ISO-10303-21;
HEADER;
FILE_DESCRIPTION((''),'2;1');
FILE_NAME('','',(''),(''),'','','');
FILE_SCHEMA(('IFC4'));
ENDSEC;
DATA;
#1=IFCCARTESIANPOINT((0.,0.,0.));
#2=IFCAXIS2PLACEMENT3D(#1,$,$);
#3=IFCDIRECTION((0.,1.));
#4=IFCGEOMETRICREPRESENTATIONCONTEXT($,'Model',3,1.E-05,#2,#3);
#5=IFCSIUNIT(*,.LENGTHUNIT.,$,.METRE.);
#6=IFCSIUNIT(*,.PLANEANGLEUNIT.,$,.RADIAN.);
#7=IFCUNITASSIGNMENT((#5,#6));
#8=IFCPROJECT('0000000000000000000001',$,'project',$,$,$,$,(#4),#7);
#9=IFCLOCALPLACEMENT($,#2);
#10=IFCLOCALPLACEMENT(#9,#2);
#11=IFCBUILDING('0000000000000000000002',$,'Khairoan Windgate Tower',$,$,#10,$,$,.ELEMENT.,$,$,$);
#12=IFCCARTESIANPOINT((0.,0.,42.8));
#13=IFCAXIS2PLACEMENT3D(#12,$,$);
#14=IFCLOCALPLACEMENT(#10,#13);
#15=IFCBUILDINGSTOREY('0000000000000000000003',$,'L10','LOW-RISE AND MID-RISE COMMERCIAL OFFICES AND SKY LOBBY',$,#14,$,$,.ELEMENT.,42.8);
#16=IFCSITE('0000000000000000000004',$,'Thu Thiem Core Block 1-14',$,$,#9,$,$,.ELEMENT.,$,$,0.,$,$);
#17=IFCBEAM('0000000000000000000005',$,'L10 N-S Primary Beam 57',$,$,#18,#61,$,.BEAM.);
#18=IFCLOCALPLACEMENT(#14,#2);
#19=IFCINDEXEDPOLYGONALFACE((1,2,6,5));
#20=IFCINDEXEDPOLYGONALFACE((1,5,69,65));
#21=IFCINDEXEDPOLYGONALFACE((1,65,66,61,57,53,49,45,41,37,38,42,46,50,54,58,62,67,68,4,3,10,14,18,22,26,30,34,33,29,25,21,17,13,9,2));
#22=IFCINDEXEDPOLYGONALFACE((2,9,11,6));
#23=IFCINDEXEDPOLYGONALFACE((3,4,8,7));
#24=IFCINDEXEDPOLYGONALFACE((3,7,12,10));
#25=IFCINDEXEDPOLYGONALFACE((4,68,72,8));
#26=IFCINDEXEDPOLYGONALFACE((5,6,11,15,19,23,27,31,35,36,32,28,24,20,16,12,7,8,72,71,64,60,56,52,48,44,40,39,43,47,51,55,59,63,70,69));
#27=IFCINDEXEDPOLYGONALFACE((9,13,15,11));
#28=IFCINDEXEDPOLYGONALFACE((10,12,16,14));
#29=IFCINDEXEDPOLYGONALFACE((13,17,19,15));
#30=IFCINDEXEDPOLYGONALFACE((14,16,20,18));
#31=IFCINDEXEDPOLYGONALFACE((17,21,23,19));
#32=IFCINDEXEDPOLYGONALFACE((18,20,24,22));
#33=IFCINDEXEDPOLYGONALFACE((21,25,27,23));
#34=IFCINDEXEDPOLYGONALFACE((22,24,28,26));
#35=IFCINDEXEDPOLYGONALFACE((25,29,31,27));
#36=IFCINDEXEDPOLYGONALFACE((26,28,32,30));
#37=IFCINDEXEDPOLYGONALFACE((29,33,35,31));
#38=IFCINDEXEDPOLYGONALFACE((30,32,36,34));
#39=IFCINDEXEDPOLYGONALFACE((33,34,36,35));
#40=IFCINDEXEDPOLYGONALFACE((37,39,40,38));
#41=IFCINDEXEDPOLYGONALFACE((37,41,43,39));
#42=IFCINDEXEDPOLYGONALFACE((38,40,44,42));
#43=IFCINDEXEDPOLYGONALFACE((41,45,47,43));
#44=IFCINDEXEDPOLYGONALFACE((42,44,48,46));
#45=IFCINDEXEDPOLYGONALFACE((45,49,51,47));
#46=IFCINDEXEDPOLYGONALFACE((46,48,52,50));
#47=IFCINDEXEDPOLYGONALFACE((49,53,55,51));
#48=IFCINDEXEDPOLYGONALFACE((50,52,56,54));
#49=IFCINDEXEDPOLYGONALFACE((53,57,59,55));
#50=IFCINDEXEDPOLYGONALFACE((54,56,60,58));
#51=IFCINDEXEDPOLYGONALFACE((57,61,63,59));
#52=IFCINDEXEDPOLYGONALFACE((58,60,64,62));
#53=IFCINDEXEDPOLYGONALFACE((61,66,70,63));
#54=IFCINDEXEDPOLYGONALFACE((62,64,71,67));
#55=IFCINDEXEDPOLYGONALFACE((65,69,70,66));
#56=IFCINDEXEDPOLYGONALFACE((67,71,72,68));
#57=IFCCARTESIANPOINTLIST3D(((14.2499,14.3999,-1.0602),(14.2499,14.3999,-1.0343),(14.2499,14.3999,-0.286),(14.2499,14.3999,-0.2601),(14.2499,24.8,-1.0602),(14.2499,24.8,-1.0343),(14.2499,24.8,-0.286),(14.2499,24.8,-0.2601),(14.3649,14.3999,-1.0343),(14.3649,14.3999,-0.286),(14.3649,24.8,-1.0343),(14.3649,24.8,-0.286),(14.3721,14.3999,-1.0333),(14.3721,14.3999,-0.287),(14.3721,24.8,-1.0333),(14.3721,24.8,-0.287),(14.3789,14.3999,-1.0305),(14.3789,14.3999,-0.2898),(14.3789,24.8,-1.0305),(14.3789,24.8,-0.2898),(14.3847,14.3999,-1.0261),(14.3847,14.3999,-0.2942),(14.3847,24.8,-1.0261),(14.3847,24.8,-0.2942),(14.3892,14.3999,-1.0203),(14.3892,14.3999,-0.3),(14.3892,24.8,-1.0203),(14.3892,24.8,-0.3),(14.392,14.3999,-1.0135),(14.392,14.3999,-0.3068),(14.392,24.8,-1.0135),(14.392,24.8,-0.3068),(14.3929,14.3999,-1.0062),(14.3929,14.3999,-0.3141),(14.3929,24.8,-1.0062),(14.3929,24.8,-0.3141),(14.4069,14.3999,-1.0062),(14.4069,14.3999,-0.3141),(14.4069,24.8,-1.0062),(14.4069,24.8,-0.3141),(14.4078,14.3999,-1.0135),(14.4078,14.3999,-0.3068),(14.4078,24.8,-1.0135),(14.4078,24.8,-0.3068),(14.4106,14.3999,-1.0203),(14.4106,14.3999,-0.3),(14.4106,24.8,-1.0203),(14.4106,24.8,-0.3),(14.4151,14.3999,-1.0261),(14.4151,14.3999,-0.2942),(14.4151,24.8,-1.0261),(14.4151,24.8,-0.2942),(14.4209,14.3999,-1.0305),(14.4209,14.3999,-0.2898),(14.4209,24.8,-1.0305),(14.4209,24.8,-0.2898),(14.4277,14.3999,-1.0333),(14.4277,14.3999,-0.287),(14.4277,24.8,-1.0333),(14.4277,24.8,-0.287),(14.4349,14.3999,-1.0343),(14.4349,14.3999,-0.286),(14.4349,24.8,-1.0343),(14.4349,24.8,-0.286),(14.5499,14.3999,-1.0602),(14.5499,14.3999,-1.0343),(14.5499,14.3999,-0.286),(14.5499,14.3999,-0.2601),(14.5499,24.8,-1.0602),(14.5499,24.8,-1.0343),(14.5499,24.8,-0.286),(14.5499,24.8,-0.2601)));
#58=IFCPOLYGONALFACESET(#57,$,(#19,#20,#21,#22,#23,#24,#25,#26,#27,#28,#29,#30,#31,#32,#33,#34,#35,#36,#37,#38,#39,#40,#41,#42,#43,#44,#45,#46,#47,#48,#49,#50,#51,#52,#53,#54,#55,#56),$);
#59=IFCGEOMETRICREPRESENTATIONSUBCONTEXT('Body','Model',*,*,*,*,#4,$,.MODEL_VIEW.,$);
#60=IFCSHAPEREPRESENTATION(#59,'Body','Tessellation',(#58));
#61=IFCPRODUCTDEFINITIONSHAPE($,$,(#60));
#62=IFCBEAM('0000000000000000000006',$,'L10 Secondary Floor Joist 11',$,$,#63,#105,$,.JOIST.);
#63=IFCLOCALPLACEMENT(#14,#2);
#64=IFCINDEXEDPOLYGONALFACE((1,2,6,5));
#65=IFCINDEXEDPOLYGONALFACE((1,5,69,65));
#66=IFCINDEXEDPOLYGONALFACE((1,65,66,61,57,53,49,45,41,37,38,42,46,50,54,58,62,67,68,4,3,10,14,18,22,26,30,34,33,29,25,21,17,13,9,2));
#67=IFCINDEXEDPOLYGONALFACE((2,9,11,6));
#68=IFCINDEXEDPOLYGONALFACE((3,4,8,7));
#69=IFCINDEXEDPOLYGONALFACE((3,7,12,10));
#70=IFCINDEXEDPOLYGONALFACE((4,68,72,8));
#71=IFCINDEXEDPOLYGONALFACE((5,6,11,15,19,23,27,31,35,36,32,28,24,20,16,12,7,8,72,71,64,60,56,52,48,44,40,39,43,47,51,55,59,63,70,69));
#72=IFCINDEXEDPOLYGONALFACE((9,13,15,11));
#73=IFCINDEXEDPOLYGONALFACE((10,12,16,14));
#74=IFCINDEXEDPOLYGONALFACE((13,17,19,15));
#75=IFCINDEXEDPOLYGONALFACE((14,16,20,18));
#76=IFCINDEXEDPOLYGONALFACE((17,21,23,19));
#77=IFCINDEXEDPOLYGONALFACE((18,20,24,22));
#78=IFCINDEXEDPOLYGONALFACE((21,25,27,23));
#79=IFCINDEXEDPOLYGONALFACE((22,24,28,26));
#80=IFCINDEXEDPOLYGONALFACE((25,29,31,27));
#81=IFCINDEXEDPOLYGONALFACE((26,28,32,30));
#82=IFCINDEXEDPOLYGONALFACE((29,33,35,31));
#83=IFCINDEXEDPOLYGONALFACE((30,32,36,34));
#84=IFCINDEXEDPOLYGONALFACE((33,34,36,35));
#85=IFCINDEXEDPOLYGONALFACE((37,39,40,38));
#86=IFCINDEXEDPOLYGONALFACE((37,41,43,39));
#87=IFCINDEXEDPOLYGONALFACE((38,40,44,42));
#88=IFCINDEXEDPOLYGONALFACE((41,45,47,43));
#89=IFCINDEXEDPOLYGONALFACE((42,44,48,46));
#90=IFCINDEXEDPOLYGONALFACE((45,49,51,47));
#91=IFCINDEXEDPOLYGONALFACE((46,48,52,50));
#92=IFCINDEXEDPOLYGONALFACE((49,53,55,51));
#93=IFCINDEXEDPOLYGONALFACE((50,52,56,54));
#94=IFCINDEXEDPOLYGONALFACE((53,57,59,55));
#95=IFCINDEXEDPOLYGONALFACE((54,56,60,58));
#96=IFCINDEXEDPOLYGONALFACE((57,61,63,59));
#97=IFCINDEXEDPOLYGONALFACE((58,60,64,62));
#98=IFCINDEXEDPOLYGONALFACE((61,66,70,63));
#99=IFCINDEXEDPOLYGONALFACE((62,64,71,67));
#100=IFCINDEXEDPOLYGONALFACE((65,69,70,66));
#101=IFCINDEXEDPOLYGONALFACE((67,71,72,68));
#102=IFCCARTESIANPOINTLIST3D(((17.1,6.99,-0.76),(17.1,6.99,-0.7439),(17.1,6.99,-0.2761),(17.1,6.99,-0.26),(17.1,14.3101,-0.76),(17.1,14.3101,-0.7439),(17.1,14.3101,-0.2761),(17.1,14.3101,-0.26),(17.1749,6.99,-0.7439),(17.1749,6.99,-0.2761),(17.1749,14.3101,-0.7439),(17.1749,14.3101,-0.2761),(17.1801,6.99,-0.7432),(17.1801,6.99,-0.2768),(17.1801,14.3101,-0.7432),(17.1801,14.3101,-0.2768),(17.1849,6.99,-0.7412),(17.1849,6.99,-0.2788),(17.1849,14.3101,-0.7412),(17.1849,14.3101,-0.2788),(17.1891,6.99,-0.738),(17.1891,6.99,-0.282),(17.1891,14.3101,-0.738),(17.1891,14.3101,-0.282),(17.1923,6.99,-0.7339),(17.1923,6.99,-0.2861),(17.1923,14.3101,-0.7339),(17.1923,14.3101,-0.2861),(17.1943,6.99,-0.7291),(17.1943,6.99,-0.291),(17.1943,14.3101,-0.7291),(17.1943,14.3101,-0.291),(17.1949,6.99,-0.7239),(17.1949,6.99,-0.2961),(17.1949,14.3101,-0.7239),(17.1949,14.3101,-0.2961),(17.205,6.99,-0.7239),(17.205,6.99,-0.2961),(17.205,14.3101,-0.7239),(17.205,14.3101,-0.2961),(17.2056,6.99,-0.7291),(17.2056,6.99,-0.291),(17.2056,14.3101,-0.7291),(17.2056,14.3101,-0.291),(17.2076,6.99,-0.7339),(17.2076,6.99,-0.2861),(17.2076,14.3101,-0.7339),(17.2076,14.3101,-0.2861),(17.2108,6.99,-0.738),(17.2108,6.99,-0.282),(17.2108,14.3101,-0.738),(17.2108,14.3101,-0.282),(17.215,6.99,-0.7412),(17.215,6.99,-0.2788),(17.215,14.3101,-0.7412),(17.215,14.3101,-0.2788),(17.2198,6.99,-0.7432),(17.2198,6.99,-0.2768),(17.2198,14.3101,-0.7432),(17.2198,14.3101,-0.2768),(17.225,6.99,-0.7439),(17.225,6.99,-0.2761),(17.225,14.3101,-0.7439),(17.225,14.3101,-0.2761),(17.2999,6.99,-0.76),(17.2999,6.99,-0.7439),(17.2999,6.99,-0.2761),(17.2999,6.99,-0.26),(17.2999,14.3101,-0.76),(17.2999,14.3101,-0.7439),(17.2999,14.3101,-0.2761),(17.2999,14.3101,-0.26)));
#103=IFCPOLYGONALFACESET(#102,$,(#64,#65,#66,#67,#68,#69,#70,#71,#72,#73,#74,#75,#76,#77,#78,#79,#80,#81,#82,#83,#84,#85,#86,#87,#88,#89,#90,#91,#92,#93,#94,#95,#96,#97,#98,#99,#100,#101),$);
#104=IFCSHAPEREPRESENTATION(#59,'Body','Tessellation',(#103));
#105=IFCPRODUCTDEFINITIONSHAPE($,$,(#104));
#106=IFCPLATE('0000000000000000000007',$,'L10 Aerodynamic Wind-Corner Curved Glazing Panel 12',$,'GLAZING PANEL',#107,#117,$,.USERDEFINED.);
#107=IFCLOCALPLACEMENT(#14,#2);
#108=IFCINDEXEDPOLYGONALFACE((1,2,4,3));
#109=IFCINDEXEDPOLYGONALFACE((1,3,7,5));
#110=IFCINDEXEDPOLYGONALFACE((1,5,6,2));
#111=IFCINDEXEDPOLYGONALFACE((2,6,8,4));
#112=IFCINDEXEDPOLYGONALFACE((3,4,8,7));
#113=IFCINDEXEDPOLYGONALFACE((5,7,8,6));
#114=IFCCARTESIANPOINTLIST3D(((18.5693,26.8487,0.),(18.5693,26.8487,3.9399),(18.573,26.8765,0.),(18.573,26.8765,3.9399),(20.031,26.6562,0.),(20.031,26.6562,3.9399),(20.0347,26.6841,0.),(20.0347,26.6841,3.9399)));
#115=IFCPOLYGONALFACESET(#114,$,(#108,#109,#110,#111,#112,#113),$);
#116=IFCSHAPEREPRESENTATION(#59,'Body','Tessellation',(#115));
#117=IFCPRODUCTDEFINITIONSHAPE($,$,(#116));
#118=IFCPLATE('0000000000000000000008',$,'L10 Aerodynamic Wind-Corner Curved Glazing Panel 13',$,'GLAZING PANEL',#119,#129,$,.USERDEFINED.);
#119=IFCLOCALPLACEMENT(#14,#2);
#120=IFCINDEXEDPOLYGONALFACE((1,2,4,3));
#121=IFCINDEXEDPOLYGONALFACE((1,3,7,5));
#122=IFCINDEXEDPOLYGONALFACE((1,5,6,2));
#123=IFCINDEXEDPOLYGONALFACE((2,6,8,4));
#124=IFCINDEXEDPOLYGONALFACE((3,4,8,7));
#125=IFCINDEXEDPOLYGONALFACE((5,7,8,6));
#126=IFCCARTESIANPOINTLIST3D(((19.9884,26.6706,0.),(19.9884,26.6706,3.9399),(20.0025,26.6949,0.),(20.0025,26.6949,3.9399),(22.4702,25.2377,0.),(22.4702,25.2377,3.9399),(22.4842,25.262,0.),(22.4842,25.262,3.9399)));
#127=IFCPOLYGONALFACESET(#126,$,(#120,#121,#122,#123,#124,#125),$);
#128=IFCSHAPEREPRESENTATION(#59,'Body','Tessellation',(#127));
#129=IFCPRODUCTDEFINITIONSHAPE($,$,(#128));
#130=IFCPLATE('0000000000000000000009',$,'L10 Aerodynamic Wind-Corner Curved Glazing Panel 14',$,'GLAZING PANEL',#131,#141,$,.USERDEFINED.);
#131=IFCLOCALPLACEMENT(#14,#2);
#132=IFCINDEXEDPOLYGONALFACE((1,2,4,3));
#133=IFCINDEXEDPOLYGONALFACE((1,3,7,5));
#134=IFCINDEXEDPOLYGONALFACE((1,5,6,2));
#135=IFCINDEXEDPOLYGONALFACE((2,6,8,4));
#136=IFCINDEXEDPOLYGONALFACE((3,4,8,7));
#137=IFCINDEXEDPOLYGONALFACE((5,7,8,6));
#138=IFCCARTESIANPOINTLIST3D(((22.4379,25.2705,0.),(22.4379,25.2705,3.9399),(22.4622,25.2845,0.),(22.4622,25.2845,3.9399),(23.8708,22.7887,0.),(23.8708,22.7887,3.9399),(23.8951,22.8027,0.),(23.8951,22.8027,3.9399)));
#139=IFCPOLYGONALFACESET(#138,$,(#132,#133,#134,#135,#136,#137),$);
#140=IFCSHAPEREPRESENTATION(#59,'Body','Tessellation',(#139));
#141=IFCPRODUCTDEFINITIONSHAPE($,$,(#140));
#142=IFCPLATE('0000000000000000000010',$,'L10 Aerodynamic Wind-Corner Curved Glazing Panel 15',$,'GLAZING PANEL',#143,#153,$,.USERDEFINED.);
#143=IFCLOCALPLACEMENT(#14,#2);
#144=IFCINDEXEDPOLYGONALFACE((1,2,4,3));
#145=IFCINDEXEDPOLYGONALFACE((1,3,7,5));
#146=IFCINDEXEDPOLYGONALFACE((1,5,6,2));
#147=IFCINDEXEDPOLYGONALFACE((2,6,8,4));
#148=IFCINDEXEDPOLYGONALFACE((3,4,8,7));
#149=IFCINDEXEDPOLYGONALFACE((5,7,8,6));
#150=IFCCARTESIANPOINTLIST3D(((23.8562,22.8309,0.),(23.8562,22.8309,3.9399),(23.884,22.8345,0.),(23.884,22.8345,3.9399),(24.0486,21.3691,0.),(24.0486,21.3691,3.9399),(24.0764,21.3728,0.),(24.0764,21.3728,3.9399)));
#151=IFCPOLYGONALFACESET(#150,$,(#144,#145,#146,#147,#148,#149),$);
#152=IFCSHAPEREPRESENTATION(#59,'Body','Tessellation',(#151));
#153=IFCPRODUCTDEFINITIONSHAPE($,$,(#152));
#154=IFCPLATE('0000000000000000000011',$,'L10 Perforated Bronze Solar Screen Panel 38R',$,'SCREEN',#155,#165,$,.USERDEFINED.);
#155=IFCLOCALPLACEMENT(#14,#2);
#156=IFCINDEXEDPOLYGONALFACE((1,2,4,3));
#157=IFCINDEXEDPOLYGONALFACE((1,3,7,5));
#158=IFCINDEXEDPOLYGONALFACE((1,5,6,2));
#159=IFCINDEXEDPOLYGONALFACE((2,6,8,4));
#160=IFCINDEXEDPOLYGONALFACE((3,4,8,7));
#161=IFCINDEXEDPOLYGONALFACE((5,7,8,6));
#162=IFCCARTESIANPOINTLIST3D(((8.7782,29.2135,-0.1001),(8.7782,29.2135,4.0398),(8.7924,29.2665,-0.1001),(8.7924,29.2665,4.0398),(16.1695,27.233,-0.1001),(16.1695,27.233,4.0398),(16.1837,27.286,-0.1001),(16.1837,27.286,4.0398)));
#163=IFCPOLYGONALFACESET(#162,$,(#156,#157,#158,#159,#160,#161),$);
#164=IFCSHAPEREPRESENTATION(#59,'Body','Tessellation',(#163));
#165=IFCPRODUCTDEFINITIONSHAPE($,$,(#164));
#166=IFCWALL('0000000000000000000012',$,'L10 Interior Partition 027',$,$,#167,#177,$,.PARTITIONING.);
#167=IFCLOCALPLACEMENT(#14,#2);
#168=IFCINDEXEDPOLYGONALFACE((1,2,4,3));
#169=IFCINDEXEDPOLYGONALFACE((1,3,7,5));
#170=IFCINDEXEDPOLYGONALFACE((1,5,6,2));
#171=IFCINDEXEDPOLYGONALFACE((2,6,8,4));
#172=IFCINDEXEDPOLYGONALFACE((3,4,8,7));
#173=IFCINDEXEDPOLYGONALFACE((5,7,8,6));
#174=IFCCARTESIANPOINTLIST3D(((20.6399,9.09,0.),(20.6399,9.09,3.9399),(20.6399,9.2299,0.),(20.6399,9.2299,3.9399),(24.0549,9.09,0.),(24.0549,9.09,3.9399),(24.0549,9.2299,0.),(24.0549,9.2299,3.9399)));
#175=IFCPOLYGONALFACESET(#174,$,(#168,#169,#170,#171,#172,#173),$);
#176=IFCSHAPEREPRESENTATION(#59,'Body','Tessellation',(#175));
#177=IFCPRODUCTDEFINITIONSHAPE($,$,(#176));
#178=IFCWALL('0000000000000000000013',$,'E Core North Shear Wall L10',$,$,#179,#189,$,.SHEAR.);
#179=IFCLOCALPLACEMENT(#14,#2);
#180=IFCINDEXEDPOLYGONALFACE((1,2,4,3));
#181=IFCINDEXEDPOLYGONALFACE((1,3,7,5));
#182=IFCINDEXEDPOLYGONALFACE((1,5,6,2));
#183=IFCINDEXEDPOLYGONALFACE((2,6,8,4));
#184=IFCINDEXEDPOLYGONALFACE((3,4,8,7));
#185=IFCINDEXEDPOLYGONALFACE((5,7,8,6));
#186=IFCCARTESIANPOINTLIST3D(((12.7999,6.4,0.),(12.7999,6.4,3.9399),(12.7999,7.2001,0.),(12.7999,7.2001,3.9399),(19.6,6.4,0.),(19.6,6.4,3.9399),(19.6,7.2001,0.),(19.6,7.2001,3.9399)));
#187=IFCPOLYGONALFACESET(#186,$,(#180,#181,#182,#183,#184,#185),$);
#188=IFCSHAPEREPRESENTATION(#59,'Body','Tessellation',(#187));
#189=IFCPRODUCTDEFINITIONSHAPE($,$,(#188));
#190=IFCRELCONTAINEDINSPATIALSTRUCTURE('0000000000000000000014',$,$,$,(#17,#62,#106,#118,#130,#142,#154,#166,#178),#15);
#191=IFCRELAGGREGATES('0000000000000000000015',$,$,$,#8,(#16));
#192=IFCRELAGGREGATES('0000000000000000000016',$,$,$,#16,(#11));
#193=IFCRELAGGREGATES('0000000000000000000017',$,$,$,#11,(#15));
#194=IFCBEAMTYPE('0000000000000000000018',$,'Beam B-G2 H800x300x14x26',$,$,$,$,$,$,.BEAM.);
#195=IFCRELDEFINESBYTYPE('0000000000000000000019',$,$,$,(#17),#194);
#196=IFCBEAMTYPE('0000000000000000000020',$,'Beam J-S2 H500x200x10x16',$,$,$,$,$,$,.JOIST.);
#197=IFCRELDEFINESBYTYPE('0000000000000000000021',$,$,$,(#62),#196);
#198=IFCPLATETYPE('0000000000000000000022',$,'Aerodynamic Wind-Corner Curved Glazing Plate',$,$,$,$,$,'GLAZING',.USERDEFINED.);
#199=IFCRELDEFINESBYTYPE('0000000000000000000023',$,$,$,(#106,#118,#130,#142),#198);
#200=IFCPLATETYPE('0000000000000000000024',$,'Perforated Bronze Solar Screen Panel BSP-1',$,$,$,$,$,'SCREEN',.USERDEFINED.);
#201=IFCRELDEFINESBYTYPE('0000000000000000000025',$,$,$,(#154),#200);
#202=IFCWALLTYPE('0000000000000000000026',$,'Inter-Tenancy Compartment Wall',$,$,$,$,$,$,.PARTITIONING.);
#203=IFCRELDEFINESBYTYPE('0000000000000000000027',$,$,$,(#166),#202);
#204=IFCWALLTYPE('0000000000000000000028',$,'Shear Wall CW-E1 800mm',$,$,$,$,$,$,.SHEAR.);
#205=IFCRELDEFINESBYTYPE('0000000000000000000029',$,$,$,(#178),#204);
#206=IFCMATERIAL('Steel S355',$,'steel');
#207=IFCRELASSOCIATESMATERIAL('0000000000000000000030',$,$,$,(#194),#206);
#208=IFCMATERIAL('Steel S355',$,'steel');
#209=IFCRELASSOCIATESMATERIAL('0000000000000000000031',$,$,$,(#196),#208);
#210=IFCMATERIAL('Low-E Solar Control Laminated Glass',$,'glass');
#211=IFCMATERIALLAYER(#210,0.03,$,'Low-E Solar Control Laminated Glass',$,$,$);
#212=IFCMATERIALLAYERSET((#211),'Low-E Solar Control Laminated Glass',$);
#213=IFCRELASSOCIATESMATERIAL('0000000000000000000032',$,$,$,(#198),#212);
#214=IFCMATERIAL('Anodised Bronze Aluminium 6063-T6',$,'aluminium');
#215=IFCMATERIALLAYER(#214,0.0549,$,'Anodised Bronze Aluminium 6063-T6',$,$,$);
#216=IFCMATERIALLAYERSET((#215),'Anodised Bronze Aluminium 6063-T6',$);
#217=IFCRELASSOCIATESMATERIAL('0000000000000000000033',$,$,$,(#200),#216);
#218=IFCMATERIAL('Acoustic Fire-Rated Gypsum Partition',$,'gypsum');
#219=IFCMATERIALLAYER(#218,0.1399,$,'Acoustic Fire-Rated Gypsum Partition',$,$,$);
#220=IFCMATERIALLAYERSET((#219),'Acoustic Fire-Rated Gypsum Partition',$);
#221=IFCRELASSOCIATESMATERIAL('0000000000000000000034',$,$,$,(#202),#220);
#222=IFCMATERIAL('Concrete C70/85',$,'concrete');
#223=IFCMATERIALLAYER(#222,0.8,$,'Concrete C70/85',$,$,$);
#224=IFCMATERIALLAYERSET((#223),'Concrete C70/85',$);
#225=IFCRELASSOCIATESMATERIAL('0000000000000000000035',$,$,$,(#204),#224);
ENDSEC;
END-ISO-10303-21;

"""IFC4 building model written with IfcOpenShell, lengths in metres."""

from ifc_helpers import new_model, si_unit, direction, frame, frame_2d, origin, origin_2d, place, context, subcontext, project, spatial, rectangle, i_section, extrude, material, layer, layer_set, material_profile, profile_set, type_object, element, save


model = new_model("IFC4")

# Units and contexts
model_context = context("Model", 3, precision=1e-05, world=origin(), true_north=direction((0.0, 1.0)))
body_context = subcontext(model_context, "Body", "Model", "MODEL_VIEW")
ifc_project = project(units=[si_unit("LENGTHUNIT", "METRE"), si_unit("PLANEANGLEUNIT", "RADIAN")], contexts=[model_context])

# Site, building, storey
site_placement = place(None, origin())
site = spatial("IfcSite", under=ifc_project, at=site_placement, Name="Thu Thiem Core Block 1-14", CompositionType="ELEMENT", RefElevation=0.0)
building_placement = place(site_placement, origin())
building = spatial("IfcBuilding", under=site, at=building_placement, Name="Khairoan Windgate Tower", CompositionType="ELEMENT")
storey_placement = place(building_placement, frame((0.0, 0.0, 42.8)))
storey = spatial("IfcBuildingStorey", under=building, at=storey_placement, Name="L10", Description="LOW-RISE AND MID-RISE COMMERCIAL OFFICES AND SKY LOBBY", CompositionType="ELEMENT", Elevation=42.8)

# Beams
ifc_material_1 = material(Name="Steel S355", Category="steel")
ifc_material_profile_1 = material_profile(ifc_material_1, i_section(OverallWidth=0.3, OverallDepth=0.8, WebThickness=0.0139, FlangeThickness=0.0259, FilletRadius=0.0281, at=origin_2d()))
ifc_profile_set_1 = profile_set([ifc_material_profile_1], Name="Steel S355")
beam_type_1 = type_object("IfcBeamType", Name="Beam B-G2 H800x300x14x26", PredefinedType="BEAM", material=ifc_profile_set_1)
beam_1_placement = place(storey_placement, frame((14.3999, 14.3999, -0.6602), z_axis=(0.0, 1.0, 0.0), x_axis=(-1.0, 0.0, 0.0)))
element("IfcBeam", 1, at=beam_1_placement, inside=storey, type_object=beam_type_1, Name="L10 N-S Primary Beam 57", PredefinedType="BEAM", context=body_context, shape_type="SweptSolid", body=[
    extrude(i_section(OverallWidth=0.3, OverallDepth=0.8, WebThickness=0.0139, FlangeThickness=0.0259, FilletRadius=0.0281, at=origin_2d()), origin(), (0.0, 0.0, 1.0), 10.4001),
])
ifc_material_2 = material(Name="Steel S355", Category="steel")
ifc_material_profile_2 = material_profile(ifc_material_2, i_section(OverallWidth=0.2, OverallDepth=0.5, WebThickness=0.01, FlangeThickness=0.0161, FilletRadius=0.02, at=origin_2d()))
ifc_profile_set_2 = profile_set([ifc_material_profile_2], Name="Steel S355")
beam_type_2 = type_object("IfcBeamType", Name="Beam J-S2 H500x200x10x16", PredefinedType="JOIST", material=ifc_profile_set_2)
beam_2_placement = place(storey_placement, frame((17.2, 6.99, -0.51), z_axis=(0.0, 1.0, 0.0), x_axis=(-1.0, 0.0, 0.0)))
element("IfcBeam", 2, at=beam_2_placement, inside=storey, type_object=beam_type_2, Name="L10 Secondary Floor Joist 11", PredefinedType="JOIST", context=body_context, shape_type="SweptSolid", body=[
    extrude(i_section(OverallWidth=0.2, OverallDepth=0.5, WebThickness=0.01, FlangeThickness=0.0161, FilletRadius=0.02, at=origin_2d()), origin(), (0.0, 0.0, 1.0), 7.3201),
])

# Plates
ifc_material_3 = material(Name="Low-E Solar Control Laminated Glass", Category="glass")
ifc_layer_1 = layer(ifc_material_3, 0.03, Name="Low-E Solar Control Laminated Glass")
ifc_layer_set_1 = layer_set([ifc_layer_1], Name="Low-E Solar Control Laminated Glass")
plate_type_1 = type_object("IfcPlateType", Name="Aerodynamic Wind-Corner Curved Glazing Plate", ElementType="GLAZING", PredefinedType="USERDEFINED", material=ifc_layer_set_1)
plate_1_placement = place(storey_placement, frame((19.302, 26.7664, 0.0), z_axis=(0.0, 0.0, 1.0), x_axis=(0.991445, -0.130526, 0.0)))
element("IfcPlate", 3, at=plate_1_placement, inside=storey, type_object=plate_type_1, Name="L10 Aerodynamic Wind-Corner Curved Glazing Panel 12", ObjectType="GLAZING PANEL", PredefinedType="USERDEFINED", context=body_context, shape_type="SweptSolid", body=[
    extrude(rectangle(XDim=1.4744, YDim=0.0281, at=origin_2d()), origin(), (0.0, 0.0, 1.0), 3.9399),
])
for number, where, z_axis, x_axis, name in (
    (4, (21.2363, 25.9663, 0.0), (0.0, 0.0, 1.0), (0.866025, -0.5, 0.0), "L10 Aerodynamic Wind-Corner Curved Glazing Panel 13"),
    (5, (23.1665, 24.0366, 0.0), (0.0, 0.0, 1.0), (0.5, -0.866025, 0.0), "L10 Aerodynamic Wind-Corner Curved Glazing Panel 14"),
):
    element("IfcPlate", number, at=place(storey_placement, frame(where, z_axis=z_axis, x_axis=x_axis)), inside=storey, type_object=plate_type_1, Name=name, ObjectType="GLAZING PANEL", PredefinedType="USERDEFINED", context=body_context, shape_type="SweptSolid", body=[
        extrude(rectangle(XDim=2.8657, YDim=0.0281, at=origin_2d()), origin(), (0.0, 0.0, 1.0), 3.9399),
    ])
plate_2_placement = place(storey_placement, frame((23.9663, 22.1018, 0.0), z_axis=(0.0, 0.0, 1.0), x_axis=(0.130526, -0.991445, 0.0)))
element("IfcPlate", 6, at=plate_2_placement, inside=storey, type_object=plate_type_1, Name="L10 Aerodynamic Wind-Corner Curved Glazing Panel 15", ObjectType="GLAZING PANEL", PredefinedType="USERDEFINED", context=body_context, shape_type="SweptSolid", body=[
    extrude(rectangle(XDim=1.4744, YDim=0.0281, at=origin_2d()), origin(), (0.0, 0.0, 1.0), 3.9399),
])

# Plate
ifc_material_4 = material(Name="Anodised Bronze Aluminium 6063-T6", Category="aluminium")
ifc_layer_2 = layer(ifc_material_4, 0.0549, Name="Anodised Bronze Aluminium 6063-T6")
ifc_layer_set_2 = layer_set([ifc_layer_2], Name="Anodised Bronze Aluminium 6063-T6")
plate_type_2 = type_object("IfcPlateType", Name="Perforated Bronze Solar Screen Panel BSP-1", ElementType="SCREEN", PredefinedType="USERDEFINED", material=ifc_layer_set_2)
plate_3_placement = place(storey_placement, frame((12.481, 28.2498, -0.1001), z_axis=(0.0, 0.0, 1.0), x_axis=(0.965926, -0.258819, 0.0)))
element("IfcPlate", 7, at=plate_3_placement, inside=storey, type_object=plate_type_2, Name="L10 Perforated Bronze Solar Screen Panel 38R", ObjectType="SCREEN", PredefinedType="USERDEFINED", context=body_context, shape_type="SweptSolid", body=[
    extrude(rectangle(XDim=7.6521, YDim=0.0549, at=origin_2d()), origin(), (0.0, 0.0, 1.0), 4.1399),
])

# Wall
ifc_material_5 = material(Name="Acoustic Fire-Rated Gypsum Partition", Category="gypsum")
ifc_layer_3 = layer(ifc_material_5, 0.1399, Name="Acoustic Fire-Rated Gypsum Partition")
ifc_layer_set_3 = layer_set([ifc_layer_3], Name="Acoustic Fire-Rated Gypsum Partition")
wall_type_1 = type_object("IfcWallType", Name="Inter-Tenancy Compartment Wall", PredefinedType="PARTITIONING", material=ifc_layer_set_3)
wall_1_placement = place(storey_placement, frame((20.6399, 9.1599, 0.0), z_axis=(0.0, 0.0, 1.0), x_axis=(1.0, 0.0, 0.0)))
element("IfcWall", 8, at=wall_1_placement, inside=storey, type_object=wall_type_1, Name="L10 Interior Partition 027", PredefinedType="PARTITIONING", context=body_context, shape_type="SweptSolid", body=[
    extrude(rectangle(XDim=3.415, YDim=0.1399, at=frame_2d((1.7075, 0.0))), origin(), (0.0, 0.0, 1.0), 3.9399),
])

# Wall
ifc_material_6 = material(Name="Concrete C70/85", Category="concrete")
ifc_layer_4 = layer(ifc_material_6, 0.8, Name="Concrete C70/85")
ifc_layer_set_4 = layer_set([ifc_layer_4], Name="Concrete C70/85")
wall_type_2 = type_object("IfcWallType", Name="Shear Wall CW-E1 800mm", PredefinedType="SHEAR", material=ifc_layer_set_4)
wall_2_placement = place(storey_placement, frame((12.8, 6.8, 0.0), z_axis=(0.0, 0.0, 1.0), x_axis=(1.0, 0.0, 0.0)))
element("IfcWall", 9, at=wall_2_placement, inside=storey, type_object=wall_type_2, Name="E Core North Shear Wall L10", PredefinedType="SHEAR", context=body_context, shape_type="SweptSolid", body=[
    extrude(rectangle(XDim=6.8, YDim=0.8, at=frame_2d((3.3999, 0.0))), origin(), (0.0, 0.0, 1.0), 3.9399),
])

save(model, "model.ifc")
